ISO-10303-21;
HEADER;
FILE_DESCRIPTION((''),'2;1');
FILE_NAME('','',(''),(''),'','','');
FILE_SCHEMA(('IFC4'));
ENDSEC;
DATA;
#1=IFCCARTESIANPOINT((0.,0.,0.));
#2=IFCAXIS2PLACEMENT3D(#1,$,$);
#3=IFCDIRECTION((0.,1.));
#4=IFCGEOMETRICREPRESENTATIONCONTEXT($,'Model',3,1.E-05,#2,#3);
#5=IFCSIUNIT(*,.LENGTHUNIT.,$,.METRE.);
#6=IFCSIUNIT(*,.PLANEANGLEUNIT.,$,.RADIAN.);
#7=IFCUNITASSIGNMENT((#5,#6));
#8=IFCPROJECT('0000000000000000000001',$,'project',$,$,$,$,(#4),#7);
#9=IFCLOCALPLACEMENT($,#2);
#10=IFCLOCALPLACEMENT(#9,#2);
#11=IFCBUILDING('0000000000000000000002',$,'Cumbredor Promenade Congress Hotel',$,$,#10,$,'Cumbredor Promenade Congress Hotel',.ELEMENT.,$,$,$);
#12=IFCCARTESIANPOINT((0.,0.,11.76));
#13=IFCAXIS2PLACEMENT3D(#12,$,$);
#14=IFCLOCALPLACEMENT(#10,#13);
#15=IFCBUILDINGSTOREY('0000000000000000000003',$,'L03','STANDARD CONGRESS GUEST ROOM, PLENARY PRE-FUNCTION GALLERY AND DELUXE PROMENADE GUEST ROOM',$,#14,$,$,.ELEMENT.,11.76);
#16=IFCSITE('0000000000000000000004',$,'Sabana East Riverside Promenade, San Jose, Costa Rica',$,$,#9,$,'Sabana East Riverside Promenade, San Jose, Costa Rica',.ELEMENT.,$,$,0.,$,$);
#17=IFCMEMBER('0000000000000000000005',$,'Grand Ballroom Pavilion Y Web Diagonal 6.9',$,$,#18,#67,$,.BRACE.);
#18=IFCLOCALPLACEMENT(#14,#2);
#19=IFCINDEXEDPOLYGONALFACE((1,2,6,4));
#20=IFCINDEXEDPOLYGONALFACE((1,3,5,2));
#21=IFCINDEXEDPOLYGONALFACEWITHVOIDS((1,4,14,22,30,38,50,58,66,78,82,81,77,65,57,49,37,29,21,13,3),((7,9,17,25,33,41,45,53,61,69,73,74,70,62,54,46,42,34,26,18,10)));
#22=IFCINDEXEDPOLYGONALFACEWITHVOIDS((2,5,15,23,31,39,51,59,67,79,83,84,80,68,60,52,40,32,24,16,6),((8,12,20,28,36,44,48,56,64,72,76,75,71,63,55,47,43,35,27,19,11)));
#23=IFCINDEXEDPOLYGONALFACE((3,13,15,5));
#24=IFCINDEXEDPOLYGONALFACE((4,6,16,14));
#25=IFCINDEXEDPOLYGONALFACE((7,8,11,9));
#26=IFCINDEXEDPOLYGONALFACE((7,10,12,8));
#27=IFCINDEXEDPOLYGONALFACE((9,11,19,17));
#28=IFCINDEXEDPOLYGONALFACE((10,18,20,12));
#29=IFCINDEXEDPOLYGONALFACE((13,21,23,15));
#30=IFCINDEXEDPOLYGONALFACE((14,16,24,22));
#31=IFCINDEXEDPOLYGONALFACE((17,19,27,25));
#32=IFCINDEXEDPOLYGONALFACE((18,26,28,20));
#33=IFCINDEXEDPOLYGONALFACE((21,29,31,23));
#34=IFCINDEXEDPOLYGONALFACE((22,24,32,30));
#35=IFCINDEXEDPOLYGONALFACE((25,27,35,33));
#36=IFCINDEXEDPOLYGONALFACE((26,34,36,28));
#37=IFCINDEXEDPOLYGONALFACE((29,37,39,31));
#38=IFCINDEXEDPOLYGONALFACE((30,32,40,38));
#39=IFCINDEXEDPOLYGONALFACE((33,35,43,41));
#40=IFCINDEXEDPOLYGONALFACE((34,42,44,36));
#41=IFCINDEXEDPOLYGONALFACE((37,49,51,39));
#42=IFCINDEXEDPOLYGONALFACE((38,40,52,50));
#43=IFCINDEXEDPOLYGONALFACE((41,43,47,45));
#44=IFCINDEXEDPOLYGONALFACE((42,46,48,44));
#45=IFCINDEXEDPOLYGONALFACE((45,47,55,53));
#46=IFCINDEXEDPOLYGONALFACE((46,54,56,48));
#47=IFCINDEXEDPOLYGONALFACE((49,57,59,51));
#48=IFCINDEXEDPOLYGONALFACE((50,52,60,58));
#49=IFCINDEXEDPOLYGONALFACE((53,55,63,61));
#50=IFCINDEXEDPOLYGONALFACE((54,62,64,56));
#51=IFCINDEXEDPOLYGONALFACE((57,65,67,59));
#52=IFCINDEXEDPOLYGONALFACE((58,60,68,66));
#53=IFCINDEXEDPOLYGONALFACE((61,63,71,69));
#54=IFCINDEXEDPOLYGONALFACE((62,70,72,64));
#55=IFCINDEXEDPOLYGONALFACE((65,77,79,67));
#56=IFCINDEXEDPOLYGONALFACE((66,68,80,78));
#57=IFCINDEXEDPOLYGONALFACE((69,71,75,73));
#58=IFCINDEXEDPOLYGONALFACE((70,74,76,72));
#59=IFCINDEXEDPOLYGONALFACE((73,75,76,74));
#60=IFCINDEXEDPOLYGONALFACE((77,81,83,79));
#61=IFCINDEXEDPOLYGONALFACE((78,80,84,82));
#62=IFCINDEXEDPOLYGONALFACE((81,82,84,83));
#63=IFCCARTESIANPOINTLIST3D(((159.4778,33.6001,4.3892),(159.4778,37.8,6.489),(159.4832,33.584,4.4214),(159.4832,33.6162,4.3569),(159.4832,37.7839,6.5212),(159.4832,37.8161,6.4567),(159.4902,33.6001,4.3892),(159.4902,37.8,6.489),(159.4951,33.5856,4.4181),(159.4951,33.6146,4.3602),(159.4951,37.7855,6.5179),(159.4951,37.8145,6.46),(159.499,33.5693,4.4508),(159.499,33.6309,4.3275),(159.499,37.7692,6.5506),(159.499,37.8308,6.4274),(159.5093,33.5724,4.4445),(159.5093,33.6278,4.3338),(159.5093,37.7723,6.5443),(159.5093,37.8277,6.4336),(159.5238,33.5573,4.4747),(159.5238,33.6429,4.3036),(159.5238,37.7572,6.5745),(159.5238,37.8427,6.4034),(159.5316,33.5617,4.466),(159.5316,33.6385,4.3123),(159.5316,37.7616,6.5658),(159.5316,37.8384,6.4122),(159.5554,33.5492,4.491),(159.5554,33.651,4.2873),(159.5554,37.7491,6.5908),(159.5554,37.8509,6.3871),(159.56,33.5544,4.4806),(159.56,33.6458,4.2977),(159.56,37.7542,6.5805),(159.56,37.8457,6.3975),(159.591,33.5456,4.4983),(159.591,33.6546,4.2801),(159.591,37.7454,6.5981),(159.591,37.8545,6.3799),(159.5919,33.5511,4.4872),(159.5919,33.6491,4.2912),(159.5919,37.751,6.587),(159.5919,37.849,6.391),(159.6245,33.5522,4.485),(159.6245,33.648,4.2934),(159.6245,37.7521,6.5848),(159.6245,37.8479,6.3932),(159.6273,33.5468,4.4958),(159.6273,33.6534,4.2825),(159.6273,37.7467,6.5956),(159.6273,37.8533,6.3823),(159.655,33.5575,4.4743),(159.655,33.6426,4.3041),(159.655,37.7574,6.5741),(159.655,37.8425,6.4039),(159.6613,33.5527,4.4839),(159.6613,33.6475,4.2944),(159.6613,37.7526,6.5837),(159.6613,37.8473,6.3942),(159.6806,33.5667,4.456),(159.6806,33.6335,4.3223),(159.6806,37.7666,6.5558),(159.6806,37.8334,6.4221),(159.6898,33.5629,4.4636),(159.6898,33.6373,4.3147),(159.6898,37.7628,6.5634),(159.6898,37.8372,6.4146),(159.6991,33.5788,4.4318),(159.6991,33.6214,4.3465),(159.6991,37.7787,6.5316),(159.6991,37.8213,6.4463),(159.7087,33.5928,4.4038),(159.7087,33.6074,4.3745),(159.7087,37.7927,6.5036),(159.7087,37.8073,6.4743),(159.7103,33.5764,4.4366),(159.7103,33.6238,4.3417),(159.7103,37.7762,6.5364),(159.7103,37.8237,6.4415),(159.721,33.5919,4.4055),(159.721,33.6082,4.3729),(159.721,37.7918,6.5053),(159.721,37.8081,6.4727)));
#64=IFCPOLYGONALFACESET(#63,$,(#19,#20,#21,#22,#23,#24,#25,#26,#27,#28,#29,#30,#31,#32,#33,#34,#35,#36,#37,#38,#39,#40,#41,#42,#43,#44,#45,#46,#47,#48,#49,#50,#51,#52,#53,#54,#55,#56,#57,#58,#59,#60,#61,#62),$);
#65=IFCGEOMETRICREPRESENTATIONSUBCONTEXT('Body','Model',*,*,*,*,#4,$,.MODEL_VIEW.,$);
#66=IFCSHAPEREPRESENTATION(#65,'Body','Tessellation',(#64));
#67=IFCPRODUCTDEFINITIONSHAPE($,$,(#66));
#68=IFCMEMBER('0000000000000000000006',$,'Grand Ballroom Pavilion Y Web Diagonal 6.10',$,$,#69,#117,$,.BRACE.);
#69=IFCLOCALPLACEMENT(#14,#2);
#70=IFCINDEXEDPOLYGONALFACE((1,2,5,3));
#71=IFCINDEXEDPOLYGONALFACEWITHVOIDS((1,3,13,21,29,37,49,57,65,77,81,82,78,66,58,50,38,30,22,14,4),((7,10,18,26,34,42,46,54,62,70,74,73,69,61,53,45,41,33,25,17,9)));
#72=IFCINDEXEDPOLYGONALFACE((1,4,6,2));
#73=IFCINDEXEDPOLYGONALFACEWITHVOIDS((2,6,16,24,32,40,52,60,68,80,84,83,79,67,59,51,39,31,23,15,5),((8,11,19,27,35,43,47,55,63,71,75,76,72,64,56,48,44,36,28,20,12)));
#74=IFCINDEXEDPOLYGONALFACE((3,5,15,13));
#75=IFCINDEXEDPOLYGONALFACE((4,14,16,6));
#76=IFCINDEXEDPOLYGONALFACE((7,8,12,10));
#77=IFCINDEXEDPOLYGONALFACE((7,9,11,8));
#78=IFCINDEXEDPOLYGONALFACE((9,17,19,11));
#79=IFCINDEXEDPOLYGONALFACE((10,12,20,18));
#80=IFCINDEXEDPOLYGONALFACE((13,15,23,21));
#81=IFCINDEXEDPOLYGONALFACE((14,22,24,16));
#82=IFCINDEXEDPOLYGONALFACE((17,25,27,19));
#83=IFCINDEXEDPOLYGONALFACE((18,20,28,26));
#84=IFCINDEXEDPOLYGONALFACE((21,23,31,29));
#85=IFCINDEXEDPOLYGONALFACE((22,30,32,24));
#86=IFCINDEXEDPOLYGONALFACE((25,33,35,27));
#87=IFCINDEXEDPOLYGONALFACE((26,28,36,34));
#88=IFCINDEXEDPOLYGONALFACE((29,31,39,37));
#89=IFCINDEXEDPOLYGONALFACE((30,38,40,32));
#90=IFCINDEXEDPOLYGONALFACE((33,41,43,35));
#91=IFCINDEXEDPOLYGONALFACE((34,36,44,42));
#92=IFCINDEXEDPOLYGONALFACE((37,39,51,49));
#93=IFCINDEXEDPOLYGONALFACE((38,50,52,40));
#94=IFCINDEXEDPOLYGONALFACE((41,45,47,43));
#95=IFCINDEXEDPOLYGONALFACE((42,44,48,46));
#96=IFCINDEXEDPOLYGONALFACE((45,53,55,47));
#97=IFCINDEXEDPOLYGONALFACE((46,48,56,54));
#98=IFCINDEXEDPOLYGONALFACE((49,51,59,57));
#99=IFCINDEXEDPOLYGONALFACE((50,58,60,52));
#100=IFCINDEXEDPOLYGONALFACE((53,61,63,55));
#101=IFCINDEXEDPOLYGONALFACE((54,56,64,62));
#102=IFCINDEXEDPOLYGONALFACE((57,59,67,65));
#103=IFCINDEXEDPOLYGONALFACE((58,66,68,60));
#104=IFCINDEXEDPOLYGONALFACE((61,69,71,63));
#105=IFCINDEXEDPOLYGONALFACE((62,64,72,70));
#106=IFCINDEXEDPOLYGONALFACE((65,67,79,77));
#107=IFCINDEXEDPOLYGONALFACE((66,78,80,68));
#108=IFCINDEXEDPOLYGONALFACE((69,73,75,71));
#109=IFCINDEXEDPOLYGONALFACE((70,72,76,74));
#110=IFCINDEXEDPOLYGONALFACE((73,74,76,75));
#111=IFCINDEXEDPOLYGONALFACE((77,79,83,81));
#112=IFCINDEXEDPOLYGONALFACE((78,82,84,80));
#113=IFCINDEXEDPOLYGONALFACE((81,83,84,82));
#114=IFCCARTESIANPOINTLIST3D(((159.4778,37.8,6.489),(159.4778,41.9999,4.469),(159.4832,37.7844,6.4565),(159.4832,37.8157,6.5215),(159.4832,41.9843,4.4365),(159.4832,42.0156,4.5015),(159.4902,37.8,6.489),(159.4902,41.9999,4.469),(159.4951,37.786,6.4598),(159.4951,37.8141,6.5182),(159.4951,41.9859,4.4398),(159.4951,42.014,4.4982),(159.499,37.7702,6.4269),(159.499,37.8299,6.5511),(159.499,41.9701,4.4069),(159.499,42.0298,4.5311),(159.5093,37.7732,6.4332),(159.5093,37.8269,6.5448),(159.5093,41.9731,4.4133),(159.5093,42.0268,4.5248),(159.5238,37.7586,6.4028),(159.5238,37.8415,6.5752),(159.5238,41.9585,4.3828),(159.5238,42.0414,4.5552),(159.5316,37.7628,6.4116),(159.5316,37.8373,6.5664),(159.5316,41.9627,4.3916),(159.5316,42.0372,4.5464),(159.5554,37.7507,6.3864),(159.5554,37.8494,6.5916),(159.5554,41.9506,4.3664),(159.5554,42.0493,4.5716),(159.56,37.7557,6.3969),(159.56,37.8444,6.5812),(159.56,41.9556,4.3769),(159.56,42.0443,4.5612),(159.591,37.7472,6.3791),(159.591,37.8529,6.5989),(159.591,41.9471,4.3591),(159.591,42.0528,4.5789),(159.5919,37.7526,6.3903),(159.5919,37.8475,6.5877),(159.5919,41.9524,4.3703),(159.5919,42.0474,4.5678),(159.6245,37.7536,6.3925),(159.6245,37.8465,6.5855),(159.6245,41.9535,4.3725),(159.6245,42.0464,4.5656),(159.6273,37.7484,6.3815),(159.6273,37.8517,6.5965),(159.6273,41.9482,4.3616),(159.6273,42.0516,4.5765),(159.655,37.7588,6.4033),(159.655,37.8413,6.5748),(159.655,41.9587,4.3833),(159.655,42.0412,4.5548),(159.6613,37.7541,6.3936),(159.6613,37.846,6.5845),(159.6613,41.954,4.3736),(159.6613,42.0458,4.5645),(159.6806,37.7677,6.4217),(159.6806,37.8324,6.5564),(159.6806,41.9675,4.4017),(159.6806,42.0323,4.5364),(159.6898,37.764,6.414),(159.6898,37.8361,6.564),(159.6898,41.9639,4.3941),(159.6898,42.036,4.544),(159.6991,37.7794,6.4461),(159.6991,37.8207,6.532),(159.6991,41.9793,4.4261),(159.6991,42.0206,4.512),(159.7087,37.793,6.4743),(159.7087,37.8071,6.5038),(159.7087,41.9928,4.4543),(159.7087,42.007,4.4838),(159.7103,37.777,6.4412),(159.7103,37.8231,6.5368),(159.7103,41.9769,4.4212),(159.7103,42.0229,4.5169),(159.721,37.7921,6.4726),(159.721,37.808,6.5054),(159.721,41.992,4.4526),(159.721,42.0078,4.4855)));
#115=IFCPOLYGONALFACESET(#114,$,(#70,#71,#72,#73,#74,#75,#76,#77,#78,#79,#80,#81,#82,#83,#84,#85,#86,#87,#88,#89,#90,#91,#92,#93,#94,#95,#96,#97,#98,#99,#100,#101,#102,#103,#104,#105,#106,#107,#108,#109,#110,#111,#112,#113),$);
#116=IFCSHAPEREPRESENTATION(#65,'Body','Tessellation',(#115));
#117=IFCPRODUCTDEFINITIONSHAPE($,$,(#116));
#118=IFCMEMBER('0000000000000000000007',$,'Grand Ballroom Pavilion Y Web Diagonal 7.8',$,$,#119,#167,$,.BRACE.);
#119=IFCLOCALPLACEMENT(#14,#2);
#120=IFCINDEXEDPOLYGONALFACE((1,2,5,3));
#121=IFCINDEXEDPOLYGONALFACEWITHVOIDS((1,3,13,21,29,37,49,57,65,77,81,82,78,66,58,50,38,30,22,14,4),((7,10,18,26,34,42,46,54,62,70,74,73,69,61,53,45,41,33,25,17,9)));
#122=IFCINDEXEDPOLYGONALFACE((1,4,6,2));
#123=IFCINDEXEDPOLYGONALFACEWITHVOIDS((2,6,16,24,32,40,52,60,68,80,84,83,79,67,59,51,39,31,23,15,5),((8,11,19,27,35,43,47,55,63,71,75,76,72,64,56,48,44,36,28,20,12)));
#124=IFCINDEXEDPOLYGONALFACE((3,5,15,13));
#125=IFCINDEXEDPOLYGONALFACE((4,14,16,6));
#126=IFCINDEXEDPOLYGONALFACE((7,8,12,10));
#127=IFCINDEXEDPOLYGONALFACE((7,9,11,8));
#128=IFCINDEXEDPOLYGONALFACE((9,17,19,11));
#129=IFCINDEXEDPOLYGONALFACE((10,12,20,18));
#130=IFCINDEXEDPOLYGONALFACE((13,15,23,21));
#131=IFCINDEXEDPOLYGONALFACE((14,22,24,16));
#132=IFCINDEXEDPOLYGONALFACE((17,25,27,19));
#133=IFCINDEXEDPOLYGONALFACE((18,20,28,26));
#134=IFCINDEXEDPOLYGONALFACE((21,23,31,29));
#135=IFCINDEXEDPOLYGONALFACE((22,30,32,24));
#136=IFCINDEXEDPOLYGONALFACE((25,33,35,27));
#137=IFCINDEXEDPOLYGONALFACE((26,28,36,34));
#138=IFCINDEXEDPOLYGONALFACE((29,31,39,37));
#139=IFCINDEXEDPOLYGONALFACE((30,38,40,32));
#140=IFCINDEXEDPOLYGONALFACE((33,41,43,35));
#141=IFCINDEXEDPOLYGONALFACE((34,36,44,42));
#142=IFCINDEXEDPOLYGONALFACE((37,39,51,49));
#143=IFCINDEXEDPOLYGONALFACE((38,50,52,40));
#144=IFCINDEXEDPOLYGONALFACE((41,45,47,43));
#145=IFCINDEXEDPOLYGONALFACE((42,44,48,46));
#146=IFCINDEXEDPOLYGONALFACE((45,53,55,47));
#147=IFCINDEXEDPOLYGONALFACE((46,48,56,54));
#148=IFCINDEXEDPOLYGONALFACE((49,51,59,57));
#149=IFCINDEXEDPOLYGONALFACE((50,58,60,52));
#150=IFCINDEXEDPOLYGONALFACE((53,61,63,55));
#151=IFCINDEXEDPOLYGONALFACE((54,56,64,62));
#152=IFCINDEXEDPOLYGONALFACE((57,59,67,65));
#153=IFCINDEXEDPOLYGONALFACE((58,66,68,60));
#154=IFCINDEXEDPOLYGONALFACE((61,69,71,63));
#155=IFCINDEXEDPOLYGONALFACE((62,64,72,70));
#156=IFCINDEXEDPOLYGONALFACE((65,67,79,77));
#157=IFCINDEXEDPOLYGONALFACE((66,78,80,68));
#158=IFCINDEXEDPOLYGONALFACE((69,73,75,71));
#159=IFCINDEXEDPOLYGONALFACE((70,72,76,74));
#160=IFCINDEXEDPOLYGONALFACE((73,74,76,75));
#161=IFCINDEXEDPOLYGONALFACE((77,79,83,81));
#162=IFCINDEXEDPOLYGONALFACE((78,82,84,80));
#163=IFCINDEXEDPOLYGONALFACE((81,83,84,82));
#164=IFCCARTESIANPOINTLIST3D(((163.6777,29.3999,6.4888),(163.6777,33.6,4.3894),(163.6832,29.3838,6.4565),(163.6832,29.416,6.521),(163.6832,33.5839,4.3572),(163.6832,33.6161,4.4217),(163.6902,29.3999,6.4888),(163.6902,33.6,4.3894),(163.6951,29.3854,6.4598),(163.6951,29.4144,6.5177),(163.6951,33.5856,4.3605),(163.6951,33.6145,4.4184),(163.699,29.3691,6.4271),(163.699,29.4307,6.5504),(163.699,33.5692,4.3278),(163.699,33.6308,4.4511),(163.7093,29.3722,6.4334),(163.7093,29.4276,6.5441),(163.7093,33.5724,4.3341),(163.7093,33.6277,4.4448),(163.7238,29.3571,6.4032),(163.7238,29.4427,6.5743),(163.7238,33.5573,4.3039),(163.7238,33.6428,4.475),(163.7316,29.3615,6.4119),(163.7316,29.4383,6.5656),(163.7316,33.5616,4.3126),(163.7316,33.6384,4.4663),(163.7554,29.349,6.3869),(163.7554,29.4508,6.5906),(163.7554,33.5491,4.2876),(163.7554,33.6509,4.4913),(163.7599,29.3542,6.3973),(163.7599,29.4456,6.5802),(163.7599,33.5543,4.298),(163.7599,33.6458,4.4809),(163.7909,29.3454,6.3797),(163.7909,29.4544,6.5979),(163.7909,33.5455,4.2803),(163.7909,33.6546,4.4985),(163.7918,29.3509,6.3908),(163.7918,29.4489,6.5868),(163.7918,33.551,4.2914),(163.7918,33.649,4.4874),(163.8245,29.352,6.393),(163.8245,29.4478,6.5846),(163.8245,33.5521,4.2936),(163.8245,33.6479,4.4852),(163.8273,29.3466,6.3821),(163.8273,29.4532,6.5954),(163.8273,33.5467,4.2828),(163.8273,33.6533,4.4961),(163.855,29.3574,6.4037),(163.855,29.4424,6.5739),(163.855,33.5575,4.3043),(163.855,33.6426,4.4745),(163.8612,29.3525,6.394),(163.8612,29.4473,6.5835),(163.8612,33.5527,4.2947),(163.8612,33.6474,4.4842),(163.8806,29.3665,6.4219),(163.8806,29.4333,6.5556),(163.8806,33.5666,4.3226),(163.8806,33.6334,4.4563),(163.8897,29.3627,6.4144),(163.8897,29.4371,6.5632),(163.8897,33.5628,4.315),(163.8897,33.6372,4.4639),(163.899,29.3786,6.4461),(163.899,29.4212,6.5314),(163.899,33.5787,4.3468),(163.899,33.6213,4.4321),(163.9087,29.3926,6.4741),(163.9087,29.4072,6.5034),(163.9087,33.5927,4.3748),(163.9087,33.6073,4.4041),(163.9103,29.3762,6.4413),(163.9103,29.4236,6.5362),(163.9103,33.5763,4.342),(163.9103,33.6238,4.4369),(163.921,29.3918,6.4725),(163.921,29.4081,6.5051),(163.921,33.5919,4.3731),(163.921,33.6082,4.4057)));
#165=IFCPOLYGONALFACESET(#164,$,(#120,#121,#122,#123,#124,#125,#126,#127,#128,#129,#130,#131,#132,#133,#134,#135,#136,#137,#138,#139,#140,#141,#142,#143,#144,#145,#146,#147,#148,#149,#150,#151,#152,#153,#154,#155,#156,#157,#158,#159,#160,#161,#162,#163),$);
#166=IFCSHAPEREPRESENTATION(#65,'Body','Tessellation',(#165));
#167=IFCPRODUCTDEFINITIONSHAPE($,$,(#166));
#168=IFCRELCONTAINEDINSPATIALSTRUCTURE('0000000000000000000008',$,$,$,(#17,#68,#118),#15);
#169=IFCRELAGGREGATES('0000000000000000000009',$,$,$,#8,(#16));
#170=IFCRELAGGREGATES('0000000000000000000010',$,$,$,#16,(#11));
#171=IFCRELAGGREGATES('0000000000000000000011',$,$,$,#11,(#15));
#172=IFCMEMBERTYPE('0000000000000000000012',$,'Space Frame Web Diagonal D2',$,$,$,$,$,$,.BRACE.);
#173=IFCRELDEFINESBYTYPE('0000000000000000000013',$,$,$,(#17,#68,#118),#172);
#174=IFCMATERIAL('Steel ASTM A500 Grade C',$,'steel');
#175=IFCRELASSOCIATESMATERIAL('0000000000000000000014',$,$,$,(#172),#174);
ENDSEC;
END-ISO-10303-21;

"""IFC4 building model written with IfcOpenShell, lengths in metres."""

from ifc_helpers import new_model, si_unit, direction, frame, origin, origin_2d, place, context, subcontext, project, spatial, hollow_circle, extrude, material, material_profile, profile_set, type_object, element, save


model = new_model("IFC4")

# Units and contexts
model_context = context("Model", 3, precision=1e-05, world=origin(), true_north=direction((0.0, 1.0)))
body_context = subcontext(model_context, "Body", "Model", "MODEL_VIEW")
ifc_project = project(units=[si_unit("LENGTHUNIT", "METRE"), si_unit("PLANEANGLEUNIT", "RADIAN")], contexts=[model_context])

# Site, building, storey
site_placement = place(None, origin())
site = spatial("IfcSite", under=ifc_project, at=site_placement, Name="Sabana East Riverside Promenade, San Jose, Costa Rica", LongName="Sabana East Riverside Promenade, San Jose, Costa Rica", CompositionType="ELEMENT", RefElevation=0.0)
building_placement = place(site_placement, origin())
building = spatial("IfcBuilding", under=site, at=building_placement, Name="Cumbredor Promenade Congress Hotel", LongName="Cumbredor Promenade Congress Hotel", CompositionType="ELEMENT")
storey_placement = place(building_placement, frame((0.0, 0.0, 11.76)))
storey = spatial("IfcBuildingStorey", under=building, at=storey_placement, Name="L03", Description="STANDARD CONGRESS GUEST ROOM, PLENARY PRE-FUNCTION GALLERY AND DELUXE PROMENADE GUEST ROOM", CompositionType="ELEMENT", Elevation=11.76)

# Members
ifc_material_1 = material(Name="Steel ASTM A500 Grade C", Category="steel")
ifc_material_profile_1 = material_profile(ifc_material_1, hollow_circle(Radius=0.1223, WallThickness=0.0125, at=origin_2d()), Name="CHS 244.5x12.5")
ifc_profile_set_1 = profile_set([ifc_material_profile_1], Name="Steel ASTM A500 Grade C")
member_type_1 = type_object("IfcMemberType", Name="Space Frame Web Diagonal D2", PredefinedType="BRACE", material=ifc_profile_set_1)
for number, where, z_axis, x_axis, name in (
    (1, (159.6001, 33.6001, 4.3892), (0.0, 0.894438, 0.447193), (-1.0, 0.0, 0.0), "Grand Ballroom Pavilion Y Web Diagonal 6.9"),
):
    element("IfcMember", number, at=place(storey_placement, frame(where, z_axis=z_axis, x_axis=x_axis)), inside=storey, type_object=member_type_1, Name=name, PredefinedType="BRACE", context=body_context, shape_type="SweptSolid", body=[
        extrude(hollow_circle(Radius=0.1223, WallThickness=0.0125, at=origin_2d()), origin(), (0.0, 0.0, 1.0), 4.6956),
    ])
member_1_placement = place(storey_placement, frame((159.6001, 37.8, 6.489), z_axis=(0.0, 0.901184, -0.433436), x_axis=(-1.0, 0.0, 0.0)))
element("IfcMember", 2, at=member_1_placement, inside=storey, type_object=member_type_1, Name="Grand Ballroom Pavilion Y Web Diagonal 6.10", PredefinedType="BRACE", context=body_context, shape_type="SweptSolid", body=[
    extrude(hollow_circle(Radius=0.1223, WallThickness=0.0125, at=origin_2d()), origin(), (0.0, 0.0, 1.0), 4.6604),
])
for number, where, z_axis, x_axis, name in (
    (3, (163.8, 29.3999, 6.4888), (0.0, 0.89449, -0.447089), (-1.0, 0.0, 0.0), "Grand Ballroom Pavilion Y Web Diagonal 7.8"),
):
    element("IfcMember", number, at=place(storey_placement, frame(where, z_axis=z_axis, x_axis=x_axis)), inside=storey, type_object=member_type_1, Name=name, PredefinedType="BRACE", context=body_context, shape_type="SweptSolid", body=[
        extrude(hollow_circle(Radius=0.1223, WallThickness=0.0125, at=origin_2d()), origin(), (0.0, 0.0, 1.0), 4.6956),
    ])

save(model, "model.ifc")
